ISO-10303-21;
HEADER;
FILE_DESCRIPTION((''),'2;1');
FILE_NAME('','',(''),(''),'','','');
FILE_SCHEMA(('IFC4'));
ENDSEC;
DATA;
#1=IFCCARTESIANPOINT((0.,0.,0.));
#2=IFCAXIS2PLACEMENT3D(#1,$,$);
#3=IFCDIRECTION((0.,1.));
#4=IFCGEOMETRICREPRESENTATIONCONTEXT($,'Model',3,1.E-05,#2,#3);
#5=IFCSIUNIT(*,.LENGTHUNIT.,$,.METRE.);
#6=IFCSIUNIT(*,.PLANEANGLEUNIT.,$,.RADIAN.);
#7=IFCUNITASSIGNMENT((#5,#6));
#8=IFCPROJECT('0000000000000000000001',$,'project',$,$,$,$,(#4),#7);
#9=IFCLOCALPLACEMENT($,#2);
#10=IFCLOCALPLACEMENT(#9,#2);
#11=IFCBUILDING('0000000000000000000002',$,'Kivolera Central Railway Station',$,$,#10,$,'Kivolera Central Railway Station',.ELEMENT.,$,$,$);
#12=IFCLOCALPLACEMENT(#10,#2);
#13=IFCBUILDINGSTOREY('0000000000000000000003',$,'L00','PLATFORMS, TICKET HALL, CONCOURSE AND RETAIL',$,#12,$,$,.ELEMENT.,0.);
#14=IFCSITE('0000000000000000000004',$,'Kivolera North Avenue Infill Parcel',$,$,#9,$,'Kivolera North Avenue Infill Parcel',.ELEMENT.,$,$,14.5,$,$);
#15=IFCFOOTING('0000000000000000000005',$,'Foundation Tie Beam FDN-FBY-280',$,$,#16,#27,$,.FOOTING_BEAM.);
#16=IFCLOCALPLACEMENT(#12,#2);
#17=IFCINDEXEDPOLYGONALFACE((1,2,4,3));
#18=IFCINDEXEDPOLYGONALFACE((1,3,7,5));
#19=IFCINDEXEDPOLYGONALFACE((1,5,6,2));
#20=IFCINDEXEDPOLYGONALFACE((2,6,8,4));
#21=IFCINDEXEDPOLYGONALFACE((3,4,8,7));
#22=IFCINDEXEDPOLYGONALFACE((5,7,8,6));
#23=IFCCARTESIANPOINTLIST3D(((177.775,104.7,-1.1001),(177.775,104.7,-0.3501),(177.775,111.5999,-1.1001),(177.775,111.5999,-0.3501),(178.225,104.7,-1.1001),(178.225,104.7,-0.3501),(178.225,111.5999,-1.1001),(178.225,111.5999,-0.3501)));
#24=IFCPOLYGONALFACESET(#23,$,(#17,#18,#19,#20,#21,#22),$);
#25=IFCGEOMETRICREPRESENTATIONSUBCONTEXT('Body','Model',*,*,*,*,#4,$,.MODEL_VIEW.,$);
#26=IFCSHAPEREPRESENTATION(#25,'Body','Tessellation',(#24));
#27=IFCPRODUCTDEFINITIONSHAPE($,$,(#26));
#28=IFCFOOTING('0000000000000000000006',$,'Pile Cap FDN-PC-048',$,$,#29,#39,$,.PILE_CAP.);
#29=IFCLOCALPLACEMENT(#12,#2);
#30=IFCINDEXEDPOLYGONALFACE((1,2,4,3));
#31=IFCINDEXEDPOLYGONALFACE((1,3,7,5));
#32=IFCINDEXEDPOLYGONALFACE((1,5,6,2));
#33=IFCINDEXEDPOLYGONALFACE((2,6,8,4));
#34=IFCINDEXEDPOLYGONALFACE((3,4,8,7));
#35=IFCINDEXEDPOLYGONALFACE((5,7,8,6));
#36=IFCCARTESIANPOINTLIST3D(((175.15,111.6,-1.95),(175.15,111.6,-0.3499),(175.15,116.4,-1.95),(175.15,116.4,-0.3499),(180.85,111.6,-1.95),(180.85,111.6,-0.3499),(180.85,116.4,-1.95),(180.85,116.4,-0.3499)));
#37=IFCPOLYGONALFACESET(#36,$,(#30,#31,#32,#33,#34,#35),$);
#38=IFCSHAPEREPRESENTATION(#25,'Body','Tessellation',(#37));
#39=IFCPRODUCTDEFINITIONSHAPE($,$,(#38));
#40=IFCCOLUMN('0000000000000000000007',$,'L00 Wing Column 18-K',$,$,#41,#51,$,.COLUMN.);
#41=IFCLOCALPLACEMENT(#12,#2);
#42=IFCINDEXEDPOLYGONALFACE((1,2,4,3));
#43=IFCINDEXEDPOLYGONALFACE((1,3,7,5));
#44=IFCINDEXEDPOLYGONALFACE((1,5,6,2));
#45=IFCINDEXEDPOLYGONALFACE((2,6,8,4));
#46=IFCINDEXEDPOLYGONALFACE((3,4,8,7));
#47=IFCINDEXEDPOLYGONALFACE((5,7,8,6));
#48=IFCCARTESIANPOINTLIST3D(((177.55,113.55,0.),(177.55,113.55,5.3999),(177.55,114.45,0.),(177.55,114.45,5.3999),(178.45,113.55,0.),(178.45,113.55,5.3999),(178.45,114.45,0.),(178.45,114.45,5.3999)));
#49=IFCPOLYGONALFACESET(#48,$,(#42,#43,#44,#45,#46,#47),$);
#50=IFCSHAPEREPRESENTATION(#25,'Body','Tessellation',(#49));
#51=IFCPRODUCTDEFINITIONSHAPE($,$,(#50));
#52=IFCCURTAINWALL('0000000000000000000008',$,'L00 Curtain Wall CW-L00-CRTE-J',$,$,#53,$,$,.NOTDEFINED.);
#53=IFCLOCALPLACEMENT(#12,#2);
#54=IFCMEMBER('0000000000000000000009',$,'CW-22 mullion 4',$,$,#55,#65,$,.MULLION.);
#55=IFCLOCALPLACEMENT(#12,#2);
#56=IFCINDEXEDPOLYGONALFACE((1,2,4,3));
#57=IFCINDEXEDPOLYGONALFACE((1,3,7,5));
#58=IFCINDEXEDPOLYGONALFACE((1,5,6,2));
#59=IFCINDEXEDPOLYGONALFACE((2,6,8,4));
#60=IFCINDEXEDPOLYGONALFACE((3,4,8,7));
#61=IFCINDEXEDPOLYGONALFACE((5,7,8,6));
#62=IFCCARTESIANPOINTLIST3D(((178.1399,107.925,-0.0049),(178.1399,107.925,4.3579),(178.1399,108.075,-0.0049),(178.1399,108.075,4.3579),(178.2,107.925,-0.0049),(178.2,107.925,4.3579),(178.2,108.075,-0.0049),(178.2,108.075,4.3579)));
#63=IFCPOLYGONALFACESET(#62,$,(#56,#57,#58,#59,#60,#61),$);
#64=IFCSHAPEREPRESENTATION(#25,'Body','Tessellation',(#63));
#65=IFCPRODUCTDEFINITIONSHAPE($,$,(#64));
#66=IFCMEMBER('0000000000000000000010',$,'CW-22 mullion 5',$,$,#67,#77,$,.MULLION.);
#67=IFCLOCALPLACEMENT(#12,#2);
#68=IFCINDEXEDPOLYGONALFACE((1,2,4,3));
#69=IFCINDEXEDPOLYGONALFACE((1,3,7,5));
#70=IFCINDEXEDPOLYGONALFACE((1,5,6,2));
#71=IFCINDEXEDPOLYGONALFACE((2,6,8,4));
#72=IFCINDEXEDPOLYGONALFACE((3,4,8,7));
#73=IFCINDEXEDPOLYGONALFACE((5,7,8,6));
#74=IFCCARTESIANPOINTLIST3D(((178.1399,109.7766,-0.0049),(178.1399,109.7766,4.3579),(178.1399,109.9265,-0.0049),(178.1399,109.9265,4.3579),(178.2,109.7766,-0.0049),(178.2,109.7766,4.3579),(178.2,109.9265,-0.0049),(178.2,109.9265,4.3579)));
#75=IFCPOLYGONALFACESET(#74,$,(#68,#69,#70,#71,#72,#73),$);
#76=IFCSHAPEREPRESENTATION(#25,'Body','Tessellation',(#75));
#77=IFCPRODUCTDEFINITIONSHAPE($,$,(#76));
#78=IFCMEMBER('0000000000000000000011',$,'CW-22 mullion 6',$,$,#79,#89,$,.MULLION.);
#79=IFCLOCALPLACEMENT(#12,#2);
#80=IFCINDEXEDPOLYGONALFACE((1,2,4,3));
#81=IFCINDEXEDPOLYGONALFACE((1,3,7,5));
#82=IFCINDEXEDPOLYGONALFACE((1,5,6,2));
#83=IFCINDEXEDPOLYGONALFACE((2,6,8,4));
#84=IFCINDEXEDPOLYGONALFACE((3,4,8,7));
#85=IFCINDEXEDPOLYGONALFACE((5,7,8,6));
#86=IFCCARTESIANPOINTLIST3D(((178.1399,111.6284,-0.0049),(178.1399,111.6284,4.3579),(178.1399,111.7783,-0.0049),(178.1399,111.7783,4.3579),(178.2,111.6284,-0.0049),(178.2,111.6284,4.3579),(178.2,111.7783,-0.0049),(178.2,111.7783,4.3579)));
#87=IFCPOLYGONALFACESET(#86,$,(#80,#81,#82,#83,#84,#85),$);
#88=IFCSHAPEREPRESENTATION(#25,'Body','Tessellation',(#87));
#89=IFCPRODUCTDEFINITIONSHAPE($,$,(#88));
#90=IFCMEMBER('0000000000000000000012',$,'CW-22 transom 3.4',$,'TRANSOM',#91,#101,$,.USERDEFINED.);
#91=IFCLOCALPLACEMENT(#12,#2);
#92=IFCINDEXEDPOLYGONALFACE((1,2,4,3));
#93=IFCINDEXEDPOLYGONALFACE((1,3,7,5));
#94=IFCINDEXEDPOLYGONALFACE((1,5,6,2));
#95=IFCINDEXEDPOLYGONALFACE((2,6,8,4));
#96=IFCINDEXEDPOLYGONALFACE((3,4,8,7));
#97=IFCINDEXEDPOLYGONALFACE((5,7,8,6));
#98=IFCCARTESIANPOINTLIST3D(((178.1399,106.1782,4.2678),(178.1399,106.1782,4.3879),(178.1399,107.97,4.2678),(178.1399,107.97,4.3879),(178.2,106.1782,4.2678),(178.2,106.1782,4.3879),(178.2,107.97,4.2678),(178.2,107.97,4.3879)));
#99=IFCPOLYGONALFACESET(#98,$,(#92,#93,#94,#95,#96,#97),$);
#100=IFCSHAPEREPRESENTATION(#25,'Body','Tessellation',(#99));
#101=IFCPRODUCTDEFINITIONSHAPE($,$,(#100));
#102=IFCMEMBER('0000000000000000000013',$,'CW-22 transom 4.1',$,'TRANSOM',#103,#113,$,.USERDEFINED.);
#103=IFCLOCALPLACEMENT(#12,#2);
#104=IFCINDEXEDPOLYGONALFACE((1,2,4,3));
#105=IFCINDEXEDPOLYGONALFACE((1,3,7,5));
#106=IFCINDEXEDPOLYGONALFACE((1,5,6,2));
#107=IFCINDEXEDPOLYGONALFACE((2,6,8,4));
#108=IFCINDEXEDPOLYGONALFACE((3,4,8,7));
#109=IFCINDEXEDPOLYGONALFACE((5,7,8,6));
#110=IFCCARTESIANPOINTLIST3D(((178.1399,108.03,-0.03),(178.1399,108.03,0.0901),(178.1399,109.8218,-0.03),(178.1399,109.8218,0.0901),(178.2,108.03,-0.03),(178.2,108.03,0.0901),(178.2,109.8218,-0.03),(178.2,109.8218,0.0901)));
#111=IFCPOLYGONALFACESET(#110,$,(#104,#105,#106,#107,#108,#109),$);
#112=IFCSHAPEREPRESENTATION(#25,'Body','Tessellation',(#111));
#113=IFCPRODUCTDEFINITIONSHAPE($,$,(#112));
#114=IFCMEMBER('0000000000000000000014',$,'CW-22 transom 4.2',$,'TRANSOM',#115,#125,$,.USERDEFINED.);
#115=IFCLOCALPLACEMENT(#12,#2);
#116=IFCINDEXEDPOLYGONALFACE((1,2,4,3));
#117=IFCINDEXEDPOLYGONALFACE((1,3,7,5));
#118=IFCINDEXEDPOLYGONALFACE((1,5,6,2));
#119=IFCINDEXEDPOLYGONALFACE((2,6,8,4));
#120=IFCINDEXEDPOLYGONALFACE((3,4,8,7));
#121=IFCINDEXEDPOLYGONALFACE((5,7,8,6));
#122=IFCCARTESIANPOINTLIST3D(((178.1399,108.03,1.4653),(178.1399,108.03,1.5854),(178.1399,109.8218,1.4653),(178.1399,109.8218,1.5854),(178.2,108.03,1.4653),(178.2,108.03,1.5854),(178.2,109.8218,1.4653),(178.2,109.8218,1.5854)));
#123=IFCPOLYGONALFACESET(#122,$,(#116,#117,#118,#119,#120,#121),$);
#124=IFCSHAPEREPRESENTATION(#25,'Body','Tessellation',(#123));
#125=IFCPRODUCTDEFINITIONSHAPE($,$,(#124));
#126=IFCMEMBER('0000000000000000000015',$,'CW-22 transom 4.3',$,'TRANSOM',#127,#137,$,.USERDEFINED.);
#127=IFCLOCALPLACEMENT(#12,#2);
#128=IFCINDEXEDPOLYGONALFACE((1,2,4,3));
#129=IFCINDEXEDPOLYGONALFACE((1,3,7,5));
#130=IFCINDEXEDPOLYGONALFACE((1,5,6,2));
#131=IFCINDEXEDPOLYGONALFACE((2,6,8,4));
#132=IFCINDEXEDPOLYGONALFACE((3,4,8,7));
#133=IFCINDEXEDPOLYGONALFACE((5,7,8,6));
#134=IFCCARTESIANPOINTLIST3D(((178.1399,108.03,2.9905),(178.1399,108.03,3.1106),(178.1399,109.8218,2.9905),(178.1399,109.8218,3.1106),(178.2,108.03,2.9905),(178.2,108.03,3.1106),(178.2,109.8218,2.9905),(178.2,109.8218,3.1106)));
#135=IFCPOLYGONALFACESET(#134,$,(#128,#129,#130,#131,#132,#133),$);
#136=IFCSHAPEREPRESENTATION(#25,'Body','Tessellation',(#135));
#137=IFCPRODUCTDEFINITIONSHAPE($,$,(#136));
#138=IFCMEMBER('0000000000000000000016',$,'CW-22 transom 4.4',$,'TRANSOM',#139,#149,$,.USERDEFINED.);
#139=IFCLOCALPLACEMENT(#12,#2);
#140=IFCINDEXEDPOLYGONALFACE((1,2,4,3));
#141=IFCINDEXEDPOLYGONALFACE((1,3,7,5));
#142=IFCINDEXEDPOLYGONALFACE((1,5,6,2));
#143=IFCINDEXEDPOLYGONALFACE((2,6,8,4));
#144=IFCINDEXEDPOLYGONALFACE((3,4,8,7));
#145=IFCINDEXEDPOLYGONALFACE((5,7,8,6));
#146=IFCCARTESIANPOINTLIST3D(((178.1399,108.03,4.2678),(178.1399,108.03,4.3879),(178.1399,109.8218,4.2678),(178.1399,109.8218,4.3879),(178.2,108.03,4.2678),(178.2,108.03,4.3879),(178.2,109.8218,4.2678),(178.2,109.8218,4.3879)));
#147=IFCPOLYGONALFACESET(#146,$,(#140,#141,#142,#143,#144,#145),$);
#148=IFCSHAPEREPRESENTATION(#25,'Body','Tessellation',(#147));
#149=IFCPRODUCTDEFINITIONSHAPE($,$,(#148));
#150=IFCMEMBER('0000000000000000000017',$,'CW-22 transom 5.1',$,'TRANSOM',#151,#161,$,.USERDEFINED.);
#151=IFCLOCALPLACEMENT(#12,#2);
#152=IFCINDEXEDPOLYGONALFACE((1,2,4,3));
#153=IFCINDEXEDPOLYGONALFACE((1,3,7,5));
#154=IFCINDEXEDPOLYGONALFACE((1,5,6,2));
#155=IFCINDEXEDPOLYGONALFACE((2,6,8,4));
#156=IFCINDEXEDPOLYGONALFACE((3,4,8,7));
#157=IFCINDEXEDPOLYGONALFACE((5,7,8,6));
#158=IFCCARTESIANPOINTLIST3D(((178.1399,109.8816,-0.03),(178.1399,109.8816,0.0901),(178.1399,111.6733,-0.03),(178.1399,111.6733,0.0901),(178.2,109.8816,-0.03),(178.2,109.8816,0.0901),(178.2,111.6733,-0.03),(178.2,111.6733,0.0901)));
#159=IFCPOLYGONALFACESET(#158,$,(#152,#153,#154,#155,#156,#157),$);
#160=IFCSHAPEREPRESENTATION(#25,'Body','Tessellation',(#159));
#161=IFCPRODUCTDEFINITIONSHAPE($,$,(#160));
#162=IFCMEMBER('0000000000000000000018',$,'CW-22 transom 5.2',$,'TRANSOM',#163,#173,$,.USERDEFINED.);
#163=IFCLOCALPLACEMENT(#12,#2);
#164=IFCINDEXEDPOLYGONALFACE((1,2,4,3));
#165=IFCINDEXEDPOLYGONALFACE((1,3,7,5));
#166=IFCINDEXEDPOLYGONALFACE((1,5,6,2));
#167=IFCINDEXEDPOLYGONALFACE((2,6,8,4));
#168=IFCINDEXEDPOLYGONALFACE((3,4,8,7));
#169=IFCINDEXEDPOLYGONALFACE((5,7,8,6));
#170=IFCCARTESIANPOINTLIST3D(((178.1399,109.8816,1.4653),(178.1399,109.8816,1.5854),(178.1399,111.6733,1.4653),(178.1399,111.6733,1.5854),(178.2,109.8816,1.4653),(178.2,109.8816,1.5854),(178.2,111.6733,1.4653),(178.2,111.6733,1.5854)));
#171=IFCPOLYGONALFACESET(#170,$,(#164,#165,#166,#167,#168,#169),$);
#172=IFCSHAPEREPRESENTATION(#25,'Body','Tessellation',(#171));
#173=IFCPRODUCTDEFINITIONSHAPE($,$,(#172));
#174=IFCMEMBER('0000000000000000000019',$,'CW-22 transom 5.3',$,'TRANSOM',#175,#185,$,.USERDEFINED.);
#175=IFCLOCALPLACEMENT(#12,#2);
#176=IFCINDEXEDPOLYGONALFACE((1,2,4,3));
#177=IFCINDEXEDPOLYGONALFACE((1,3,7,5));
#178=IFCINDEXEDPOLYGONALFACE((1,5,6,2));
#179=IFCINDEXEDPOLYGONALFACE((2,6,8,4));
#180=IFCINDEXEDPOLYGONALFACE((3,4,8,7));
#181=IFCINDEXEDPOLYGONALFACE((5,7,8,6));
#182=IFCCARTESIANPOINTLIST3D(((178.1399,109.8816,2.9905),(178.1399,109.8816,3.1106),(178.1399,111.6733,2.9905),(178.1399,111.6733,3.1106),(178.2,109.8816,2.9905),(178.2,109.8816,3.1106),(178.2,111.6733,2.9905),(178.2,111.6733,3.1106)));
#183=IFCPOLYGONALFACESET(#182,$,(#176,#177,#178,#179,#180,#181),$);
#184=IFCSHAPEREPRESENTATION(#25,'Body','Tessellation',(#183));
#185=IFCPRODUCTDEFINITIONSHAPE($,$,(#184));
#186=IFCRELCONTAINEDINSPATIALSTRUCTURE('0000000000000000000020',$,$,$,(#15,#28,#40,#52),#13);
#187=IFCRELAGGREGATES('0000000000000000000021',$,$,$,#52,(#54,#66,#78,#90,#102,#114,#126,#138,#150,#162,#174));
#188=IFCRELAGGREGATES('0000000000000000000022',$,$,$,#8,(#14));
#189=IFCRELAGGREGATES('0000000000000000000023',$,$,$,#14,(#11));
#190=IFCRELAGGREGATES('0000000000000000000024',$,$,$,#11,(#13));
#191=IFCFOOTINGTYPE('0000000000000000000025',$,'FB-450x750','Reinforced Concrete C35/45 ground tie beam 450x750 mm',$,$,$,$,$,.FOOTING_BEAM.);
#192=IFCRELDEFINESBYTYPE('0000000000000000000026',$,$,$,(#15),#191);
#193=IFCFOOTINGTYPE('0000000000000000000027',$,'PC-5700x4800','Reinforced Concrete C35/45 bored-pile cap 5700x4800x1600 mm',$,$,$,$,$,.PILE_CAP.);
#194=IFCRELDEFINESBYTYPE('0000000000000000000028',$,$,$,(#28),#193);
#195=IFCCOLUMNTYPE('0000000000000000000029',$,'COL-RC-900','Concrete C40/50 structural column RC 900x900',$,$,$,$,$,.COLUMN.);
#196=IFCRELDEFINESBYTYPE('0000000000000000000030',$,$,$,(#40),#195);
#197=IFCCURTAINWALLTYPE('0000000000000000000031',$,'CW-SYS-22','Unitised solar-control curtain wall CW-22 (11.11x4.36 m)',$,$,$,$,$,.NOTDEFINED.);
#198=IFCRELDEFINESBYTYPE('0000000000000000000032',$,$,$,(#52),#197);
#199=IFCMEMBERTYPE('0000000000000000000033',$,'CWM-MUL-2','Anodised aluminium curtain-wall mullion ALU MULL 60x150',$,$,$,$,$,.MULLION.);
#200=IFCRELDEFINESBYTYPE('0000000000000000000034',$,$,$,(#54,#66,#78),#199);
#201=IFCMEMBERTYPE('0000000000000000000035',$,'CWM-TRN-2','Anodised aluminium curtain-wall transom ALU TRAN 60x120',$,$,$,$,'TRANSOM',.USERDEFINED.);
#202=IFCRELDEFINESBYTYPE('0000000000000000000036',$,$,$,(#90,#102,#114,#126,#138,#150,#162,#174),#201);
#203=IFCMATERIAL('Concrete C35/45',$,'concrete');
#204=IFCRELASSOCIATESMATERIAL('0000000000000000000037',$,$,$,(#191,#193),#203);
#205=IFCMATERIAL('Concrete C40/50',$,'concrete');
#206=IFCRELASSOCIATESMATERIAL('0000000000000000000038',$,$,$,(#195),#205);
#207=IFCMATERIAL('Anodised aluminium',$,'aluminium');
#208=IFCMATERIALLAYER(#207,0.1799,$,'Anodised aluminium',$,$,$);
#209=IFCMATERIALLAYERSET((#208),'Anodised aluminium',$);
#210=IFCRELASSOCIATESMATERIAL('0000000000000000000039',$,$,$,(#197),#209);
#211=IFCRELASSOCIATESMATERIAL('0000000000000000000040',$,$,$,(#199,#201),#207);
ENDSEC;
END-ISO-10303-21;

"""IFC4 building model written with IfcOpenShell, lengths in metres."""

from ifc_helpers import new_model, si_unit, direction, frame, origin, origin_2d, place, context, subcontext, project, spatial, rectangle, extrude, material, layer, layer_set, material_profile, profile_set, type_object, element, aggregate, save


model = new_model("IFC4")

# Units and contexts
model_context = context("Model", 3, precision=1e-05, world=origin(), true_north=direction((0.0, 1.0)))
body_context = subcontext(model_context, "Body", "Model", "MODEL_VIEW")
ifc_project = project(units=[si_unit("LENGTHUNIT", "METRE"), si_unit("PLANEANGLEUNIT", "RADIAN")], contexts=[model_context])

# Site, building, storey
site_placement = place(None, origin())
site = spatial("IfcSite", under=ifc_project, at=site_placement, Name="Kivolera North Avenue Infill Parcel", LongName="Kivolera North Avenue Infill Parcel", CompositionType="ELEMENT", RefElevation=14.5)
building_placement = place(site_placement, origin())
building = spatial("IfcBuilding", under=site, at=building_placement, Name="Kivolera Central Railway Station", LongName="Kivolera Central Railway Station", CompositionType="ELEMENT")
storey_placement = place(building_placement, origin())
storey = spatial("IfcBuildingStorey", under=building, at=storey_placement, Name="L00", Description="PLATFORMS, TICKET HALL, CONCOURSE AND RETAIL", CompositionType="ELEMENT", Elevation=0.0)

# Footings
ifc_material_1 = material(Name="Concrete C35/45", Category="concrete")
footing_type_1 = type_object("IfcFootingType", Name="FB-450x750", Description="Reinforced Concrete C35/45 ground tie beam 450x750 mm", PredefinedType="FOOTING_BEAM", material=ifc_material_1)
footing_1_placement = place(storey_placement, frame((178.0, 108.1499, -1.1001), z_axis=(0.0, 0.0, 1.0), x_axis=(1.0, 0.0, 0.0)))
element("IfcFooting", 1, at=footing_1_placement, inside=storey, type_object=footing_type_1, Name="Foundation Tie Beam FDN-FBY-280", PredefinedType="FOOTING_BEAM", context=body_context, shape_type="SweptSolid", body=[
    extrude(rectangle(XDim=0.45, YDim=6.8999, at=origin_2d()), origin(), (0.0, 0.0, 1.0), 0.75),
])
footing_type_2 = type_object("IfcFootingType", Name="PC-5700x4800", Description="Reinforced Concrete C35/45 bored-pile cap 5700x4800x1600 mm", PredefinedType="PILE_CAP", material=ifc_material_1)
footing_2_placement = place(storey_placement, frame((178.0, 114.0, -1.95), z_axis=(0.0, 0.0, 1.0), x_axis=(1.0, 0.0, 0.0)))
element("IfcFooting", 2, at=footing_2_placement, inside=storey, type_object=footing_type_2, Name="Pile Cap FDN-PC-048", PredefinedType="PILE_CAP", context=body_context, shape_type="SweptSolid", body=[
    extrude(rectangle(XDim=5.7, YDim=4.8, at=origin_2d()), origin(), (0.0, 0.0, 1.0), 1.6001),
])

# Column
ifc_material_2 = material(Name="Concrete C40/50", Category="concrete")
ifc_material_profile_1 = material_profile(ifc_material_2, rectangle(XDim=0.8999, YDim=0.8999, at=origin_2d()), Name="RC 900x900")
ifc_profile_set_1 = profile_set([ifc_material_profile_1], Name="Concrete C40/50")
column_type = type_object("IfcColumnType", Name="COL-RC-900", Description="Concrete C40/50 structural column RC 900x900", PredefinedType="COLUMN", material=ifc_profile_set_1)
column_placement = place(storey_placement, frame((178.0, 114.0, 0.0), z_axis=(0.0, 0.0, 1.0), x_axis=(1.0, 0.0, 0.0)))
element("IfcColumn", 3, at=column_placement, inside=storey, type_object=column_type, Name="L00 Wing Column 18-K", PredefinedType="COLUMN", context=body_context, shape_type="SweptSolid", body=[
    extrude(rectangle(XDim=0.8999, YDim=0.8999, at=origin_2d()), origin(), (0.0, 0.0, 1.0), 5.3999),
])

# Curtain wall, members
ifc_material_3 = material(Name="Anodised aluminium", Category="aluminium")
ifc_layer_1 = layer(ifc_material_3, 0.1799, Name="Anodised aluminium")
ifc_layer_set_1 = layer_set([ifc_layer_1], Name="Anodised aluminium")
curtain_wall_type = type_object("IfcCurtainWallType", Name="CW-SYS-22", Description="Unitised solar-control curtain wall CW-22 (11.11x4.36 m)", PredefinedType="NOTDEFINED", material=ifc_layer_set_1)
curtain_wall_placement = place(storey_placement, origin())
curtain_wall = element("IfcCurtainWall", 4, at=curtain_wall_placement, inside=storey, type_object=curtain_wall_type, Name="L00 Curtain Wall CW-L00-CRTE-J", PredefinedType="NOTDEFINED")
ifc_material_profile_2 = material_profile(ifc_material_3, rectangle(XDim=0.0601, YDim=0.1499, at=origin_2d()), Name="ALU MULL 60x150")
ifc_profile_set_2 = profile_set([ifc_material_profile_2], Name="Anodised aluminium")
member_type_1 = type_object("IfcMemberType", Name="CWM-MUL-2", Description="Anodised aluminium curtain-wall mullion ALU MULL 60x150", PredefinedType="MULLION", material=ifc_profile_set_2)
member_1_placement = place(storey_placement, frame((178.1699, 108.0, -0.0049), z_axis=(0.0, 0.0, 1.0), x_axis=(-1.0, 0.0, 0.0)))
member_1 = element("IfcMember", 5, at=member_1_placement, type_object=member_type_1, Name="CW-22 mullion 4", PredefinedType="MULLION", context=body_context, shape_type="SweptSolid", body=[
    extrude(rectangle(XDim=0.0601, YDim=0.1499, at=origin_2d()), origin(), (0.0, 0.0, 1.0), 4.3628),
])
member_2_placement = place(storey_placement, frame((178.1699, 109.8516, -0.0049), z_axis=(0.0, 0.0, 1.0), x_axis=(-1.0, 0.0, 0.0)))
member_2 = element("IfcMember", 6, at=member_2_placement, type_object=member_type_1, Name="CW-22 mullion 5", PredefinedType="MULLION", context=body_context, shape_type="SweptSolid", body=[
    extrude(rectangle(XDim=0.0601, YDim=0.1499, at=origin_2d()), origin(), (0.0, 0.0, 1.0), 4.3628),
])
member_3_placement = place(storey_placement, frame((178.1699, 111.7034, -0.0049), z_axis=(0.0, 0.0, 1.0), x_axis=(-1.0, 0.0, 0.0)))
member_3 = element("IfcMember", 7, at=member_3_placement, type_object=member_type_1, Name="CW-22 mullion 6", PredefinedType="MULLION", context=body_context, shape_type="SweptSolid", body=[
    extrude(rectangle(XDim=0.0601, YDim=0.1499, at=origin_2d()), origin(), (0.0, 0.0, 1.0), 4.3628),
])
ifc_material_profile_3 = material_profile(ifc_material_3, rectangle(XDim=0.0601, YDim=0.1201, at=origin_2d()), Name="ALU TRAN 60x120")
ifc_profile_set_3 = profile_set([ifc_material_profile_3], Name="Anodised aluminium")
member_type_2 = type_object("IfcMemberType", Name="CWM-TRN-2", Description="Anodised aluminium curtain-wall transom ALU TRAN 60x120", ElementType="TRANSOM", PredefinedType="USERDEFINED", material=ifc_profile_set_3)
member_4_placement = place(storey_placement, frame((178.1699, 106.1782, 4.3279), z_axis=(0.0, 1.0, 0.0), x_axis=(-1.0, 0.0, 0.0)))
member_4 = element("IfcMember", 8, at=member_4_placement, type_object=member_type_2, Name="CW-22 transom 3.4", ObjectType="TRANSOM", PredefinedType="USERDEFINED", context=body_context, shape_type="SweptSolid", body=[
    extrude(rectangle(XDim=0.0601, YDim=0.1201, at=origin_2d()), origin(), (0.0, 0.0, 1.0), 1.7917),
])
member_5_placement = place(storey_placement, frame((178.1699, 108.03, 0.03), z_axis=(0.0, 1.0, 0.0), x_axis=(-1.0, 0.0, 0.0)))
member_5 = element("IfcMember", 9, at=member_5_placement, type_object=member_type_2, Name="CW-22 transom 4.1", ObjectType="TRANSOM", PredefinedType="USERDEFINED", context=body_context, shape_type="SweptSolid", body=[
    extrude(rectangle(XDim=0.0601, YDim=0.1201, at=origin_2d()), origin(), (0.0, 0.0, 1.0), 1.7917),
])
member_6_placement = place(storey_placement, frame((178.1699, 108.03, 1.5254), z_axis=(0.0, 1.0, 0.0), x_axis=(-1.0, 0.0, 0.0)))
member_6 = element("IfcMember", 10, at=member_6_placement, type_object=member_type_2, Name="CW-22 transom 4.2", ObjectType="TRANSOM", PredefinedType="USERDEFINED", context=body_context, shape_type="SweptSolid", body=[
    extrude(rectangle(XDim=0.0601, YDim=0.1201, at=origin_2d()), origin(), (0.0, 0.0, 1.0), 1.7917),
])
member_7_placement = place(storey_placement, frame((178.1699, 108.03, 3.0505), z_axis=(0.0, 1.0, 0.0), x_axis=(-1.0, 0.0, 0.0)))
member_7 = element("IfcMember", 11, at=member_7_placement, type_object=member_type_2, Name="CW-22 transom 4.3", ObjectType="TRANSOM", PredefinedType="USERDEFINED", context=body_context, shape_type="SweptSolid", body=[
    extrude(rectangle(XDim=0.0601, YDim=0.1201, at=origin_2d()), origin(), (0.0, 0.0, 1.0), 1.7917),
])
member_8_placement = place(storey_placement, frame((178.1699, 108.03, 4.3279), z_axis=(0.0, 1.0, 0.0), x_axis=(-1.0, 0.0, 0.0)))
member_8 = element("IfcMember", 12, at=member_8_placement, type_object=member_type_2, Name="CW-22 transom 4.4", ObjectType="TRANSOM", PredefinedType="USERDEFINED", context=body_context, shape_type="SweptSolid", body=[
    extrude(rectangle(XDim=0.0601, YDim=0.1201, at=origin_2d()), origin(), (0.0, 0.0, 1.0), 1.7917),
])
member_9_placement = place(storey_placement, frame((178.1699, 109.8816, 0.03), z_axis=(0.0, 1.0, 0.0), x_axis=(-1.0, 0.0, 0.0)))
member_9 = element("IfcMember", 13, at=member_9_placement, type_object=member_type_2, Name="CW-22 transom 5.1", ObjectType="TRANSOM", PredefinedType="USERDEFINED", context=body_context, shape_type="SweptSolid", body=[
    extrude(rectangle(XDim=0.0601, YDim=0.1201, at=origin_2d()), origin(), (0.0, 0.0, 1.0), 1.7917),
])
member_10_placement = place(storey_placement, frame((178.1699, 109.8816, 1.5254), z_axis=(0.0, 1.0, 0.0), x_axis=(-1.0, 0.0, 0.0)))
member_10 = element("IfcMember", 14, at=member_10_placement, type_object=member_type_2, Name="CW-22 transom 5.2", ObjectType="TRANSOM", PredefinedType="USERDEFINED", context=body_context, shape_type="SweptSolid", body=[
    extrude(rectangle(XDim=0.0601, YDim=0.1201, at=origin_2d()), origin(), (0.0, 0.0, 1.0), 1.7917),
])
member_11_placement = place(storey_placement, frame((178.1699, 109.8816, 3.0505), z_axis=(0.0, 1.0, 0.0), x_axis=(-1.0, 0.0, 0.0)))
member_11 = element("IfcMember", 15, at=member_11_placement, type_object=member_type_2, Name="CW-22 transom 5.3", ObjectType="TRANSOM", PredefinedType="USERDEFINED", context=body_context, shape_type="SweptSolid", body=[
    extrude(rectangle(XDim=0.0601, YDim=0.1201, at=origin_2d()), origin(), (0.0, 0.0, 1.0), 1.7917),
])
aggregate(curtain_wall, [member_1, member_2, member_3, member_4, member_5, member_6, member_7, member_8, member_9, member_10, member_11])

save(model, "model.ifc")
